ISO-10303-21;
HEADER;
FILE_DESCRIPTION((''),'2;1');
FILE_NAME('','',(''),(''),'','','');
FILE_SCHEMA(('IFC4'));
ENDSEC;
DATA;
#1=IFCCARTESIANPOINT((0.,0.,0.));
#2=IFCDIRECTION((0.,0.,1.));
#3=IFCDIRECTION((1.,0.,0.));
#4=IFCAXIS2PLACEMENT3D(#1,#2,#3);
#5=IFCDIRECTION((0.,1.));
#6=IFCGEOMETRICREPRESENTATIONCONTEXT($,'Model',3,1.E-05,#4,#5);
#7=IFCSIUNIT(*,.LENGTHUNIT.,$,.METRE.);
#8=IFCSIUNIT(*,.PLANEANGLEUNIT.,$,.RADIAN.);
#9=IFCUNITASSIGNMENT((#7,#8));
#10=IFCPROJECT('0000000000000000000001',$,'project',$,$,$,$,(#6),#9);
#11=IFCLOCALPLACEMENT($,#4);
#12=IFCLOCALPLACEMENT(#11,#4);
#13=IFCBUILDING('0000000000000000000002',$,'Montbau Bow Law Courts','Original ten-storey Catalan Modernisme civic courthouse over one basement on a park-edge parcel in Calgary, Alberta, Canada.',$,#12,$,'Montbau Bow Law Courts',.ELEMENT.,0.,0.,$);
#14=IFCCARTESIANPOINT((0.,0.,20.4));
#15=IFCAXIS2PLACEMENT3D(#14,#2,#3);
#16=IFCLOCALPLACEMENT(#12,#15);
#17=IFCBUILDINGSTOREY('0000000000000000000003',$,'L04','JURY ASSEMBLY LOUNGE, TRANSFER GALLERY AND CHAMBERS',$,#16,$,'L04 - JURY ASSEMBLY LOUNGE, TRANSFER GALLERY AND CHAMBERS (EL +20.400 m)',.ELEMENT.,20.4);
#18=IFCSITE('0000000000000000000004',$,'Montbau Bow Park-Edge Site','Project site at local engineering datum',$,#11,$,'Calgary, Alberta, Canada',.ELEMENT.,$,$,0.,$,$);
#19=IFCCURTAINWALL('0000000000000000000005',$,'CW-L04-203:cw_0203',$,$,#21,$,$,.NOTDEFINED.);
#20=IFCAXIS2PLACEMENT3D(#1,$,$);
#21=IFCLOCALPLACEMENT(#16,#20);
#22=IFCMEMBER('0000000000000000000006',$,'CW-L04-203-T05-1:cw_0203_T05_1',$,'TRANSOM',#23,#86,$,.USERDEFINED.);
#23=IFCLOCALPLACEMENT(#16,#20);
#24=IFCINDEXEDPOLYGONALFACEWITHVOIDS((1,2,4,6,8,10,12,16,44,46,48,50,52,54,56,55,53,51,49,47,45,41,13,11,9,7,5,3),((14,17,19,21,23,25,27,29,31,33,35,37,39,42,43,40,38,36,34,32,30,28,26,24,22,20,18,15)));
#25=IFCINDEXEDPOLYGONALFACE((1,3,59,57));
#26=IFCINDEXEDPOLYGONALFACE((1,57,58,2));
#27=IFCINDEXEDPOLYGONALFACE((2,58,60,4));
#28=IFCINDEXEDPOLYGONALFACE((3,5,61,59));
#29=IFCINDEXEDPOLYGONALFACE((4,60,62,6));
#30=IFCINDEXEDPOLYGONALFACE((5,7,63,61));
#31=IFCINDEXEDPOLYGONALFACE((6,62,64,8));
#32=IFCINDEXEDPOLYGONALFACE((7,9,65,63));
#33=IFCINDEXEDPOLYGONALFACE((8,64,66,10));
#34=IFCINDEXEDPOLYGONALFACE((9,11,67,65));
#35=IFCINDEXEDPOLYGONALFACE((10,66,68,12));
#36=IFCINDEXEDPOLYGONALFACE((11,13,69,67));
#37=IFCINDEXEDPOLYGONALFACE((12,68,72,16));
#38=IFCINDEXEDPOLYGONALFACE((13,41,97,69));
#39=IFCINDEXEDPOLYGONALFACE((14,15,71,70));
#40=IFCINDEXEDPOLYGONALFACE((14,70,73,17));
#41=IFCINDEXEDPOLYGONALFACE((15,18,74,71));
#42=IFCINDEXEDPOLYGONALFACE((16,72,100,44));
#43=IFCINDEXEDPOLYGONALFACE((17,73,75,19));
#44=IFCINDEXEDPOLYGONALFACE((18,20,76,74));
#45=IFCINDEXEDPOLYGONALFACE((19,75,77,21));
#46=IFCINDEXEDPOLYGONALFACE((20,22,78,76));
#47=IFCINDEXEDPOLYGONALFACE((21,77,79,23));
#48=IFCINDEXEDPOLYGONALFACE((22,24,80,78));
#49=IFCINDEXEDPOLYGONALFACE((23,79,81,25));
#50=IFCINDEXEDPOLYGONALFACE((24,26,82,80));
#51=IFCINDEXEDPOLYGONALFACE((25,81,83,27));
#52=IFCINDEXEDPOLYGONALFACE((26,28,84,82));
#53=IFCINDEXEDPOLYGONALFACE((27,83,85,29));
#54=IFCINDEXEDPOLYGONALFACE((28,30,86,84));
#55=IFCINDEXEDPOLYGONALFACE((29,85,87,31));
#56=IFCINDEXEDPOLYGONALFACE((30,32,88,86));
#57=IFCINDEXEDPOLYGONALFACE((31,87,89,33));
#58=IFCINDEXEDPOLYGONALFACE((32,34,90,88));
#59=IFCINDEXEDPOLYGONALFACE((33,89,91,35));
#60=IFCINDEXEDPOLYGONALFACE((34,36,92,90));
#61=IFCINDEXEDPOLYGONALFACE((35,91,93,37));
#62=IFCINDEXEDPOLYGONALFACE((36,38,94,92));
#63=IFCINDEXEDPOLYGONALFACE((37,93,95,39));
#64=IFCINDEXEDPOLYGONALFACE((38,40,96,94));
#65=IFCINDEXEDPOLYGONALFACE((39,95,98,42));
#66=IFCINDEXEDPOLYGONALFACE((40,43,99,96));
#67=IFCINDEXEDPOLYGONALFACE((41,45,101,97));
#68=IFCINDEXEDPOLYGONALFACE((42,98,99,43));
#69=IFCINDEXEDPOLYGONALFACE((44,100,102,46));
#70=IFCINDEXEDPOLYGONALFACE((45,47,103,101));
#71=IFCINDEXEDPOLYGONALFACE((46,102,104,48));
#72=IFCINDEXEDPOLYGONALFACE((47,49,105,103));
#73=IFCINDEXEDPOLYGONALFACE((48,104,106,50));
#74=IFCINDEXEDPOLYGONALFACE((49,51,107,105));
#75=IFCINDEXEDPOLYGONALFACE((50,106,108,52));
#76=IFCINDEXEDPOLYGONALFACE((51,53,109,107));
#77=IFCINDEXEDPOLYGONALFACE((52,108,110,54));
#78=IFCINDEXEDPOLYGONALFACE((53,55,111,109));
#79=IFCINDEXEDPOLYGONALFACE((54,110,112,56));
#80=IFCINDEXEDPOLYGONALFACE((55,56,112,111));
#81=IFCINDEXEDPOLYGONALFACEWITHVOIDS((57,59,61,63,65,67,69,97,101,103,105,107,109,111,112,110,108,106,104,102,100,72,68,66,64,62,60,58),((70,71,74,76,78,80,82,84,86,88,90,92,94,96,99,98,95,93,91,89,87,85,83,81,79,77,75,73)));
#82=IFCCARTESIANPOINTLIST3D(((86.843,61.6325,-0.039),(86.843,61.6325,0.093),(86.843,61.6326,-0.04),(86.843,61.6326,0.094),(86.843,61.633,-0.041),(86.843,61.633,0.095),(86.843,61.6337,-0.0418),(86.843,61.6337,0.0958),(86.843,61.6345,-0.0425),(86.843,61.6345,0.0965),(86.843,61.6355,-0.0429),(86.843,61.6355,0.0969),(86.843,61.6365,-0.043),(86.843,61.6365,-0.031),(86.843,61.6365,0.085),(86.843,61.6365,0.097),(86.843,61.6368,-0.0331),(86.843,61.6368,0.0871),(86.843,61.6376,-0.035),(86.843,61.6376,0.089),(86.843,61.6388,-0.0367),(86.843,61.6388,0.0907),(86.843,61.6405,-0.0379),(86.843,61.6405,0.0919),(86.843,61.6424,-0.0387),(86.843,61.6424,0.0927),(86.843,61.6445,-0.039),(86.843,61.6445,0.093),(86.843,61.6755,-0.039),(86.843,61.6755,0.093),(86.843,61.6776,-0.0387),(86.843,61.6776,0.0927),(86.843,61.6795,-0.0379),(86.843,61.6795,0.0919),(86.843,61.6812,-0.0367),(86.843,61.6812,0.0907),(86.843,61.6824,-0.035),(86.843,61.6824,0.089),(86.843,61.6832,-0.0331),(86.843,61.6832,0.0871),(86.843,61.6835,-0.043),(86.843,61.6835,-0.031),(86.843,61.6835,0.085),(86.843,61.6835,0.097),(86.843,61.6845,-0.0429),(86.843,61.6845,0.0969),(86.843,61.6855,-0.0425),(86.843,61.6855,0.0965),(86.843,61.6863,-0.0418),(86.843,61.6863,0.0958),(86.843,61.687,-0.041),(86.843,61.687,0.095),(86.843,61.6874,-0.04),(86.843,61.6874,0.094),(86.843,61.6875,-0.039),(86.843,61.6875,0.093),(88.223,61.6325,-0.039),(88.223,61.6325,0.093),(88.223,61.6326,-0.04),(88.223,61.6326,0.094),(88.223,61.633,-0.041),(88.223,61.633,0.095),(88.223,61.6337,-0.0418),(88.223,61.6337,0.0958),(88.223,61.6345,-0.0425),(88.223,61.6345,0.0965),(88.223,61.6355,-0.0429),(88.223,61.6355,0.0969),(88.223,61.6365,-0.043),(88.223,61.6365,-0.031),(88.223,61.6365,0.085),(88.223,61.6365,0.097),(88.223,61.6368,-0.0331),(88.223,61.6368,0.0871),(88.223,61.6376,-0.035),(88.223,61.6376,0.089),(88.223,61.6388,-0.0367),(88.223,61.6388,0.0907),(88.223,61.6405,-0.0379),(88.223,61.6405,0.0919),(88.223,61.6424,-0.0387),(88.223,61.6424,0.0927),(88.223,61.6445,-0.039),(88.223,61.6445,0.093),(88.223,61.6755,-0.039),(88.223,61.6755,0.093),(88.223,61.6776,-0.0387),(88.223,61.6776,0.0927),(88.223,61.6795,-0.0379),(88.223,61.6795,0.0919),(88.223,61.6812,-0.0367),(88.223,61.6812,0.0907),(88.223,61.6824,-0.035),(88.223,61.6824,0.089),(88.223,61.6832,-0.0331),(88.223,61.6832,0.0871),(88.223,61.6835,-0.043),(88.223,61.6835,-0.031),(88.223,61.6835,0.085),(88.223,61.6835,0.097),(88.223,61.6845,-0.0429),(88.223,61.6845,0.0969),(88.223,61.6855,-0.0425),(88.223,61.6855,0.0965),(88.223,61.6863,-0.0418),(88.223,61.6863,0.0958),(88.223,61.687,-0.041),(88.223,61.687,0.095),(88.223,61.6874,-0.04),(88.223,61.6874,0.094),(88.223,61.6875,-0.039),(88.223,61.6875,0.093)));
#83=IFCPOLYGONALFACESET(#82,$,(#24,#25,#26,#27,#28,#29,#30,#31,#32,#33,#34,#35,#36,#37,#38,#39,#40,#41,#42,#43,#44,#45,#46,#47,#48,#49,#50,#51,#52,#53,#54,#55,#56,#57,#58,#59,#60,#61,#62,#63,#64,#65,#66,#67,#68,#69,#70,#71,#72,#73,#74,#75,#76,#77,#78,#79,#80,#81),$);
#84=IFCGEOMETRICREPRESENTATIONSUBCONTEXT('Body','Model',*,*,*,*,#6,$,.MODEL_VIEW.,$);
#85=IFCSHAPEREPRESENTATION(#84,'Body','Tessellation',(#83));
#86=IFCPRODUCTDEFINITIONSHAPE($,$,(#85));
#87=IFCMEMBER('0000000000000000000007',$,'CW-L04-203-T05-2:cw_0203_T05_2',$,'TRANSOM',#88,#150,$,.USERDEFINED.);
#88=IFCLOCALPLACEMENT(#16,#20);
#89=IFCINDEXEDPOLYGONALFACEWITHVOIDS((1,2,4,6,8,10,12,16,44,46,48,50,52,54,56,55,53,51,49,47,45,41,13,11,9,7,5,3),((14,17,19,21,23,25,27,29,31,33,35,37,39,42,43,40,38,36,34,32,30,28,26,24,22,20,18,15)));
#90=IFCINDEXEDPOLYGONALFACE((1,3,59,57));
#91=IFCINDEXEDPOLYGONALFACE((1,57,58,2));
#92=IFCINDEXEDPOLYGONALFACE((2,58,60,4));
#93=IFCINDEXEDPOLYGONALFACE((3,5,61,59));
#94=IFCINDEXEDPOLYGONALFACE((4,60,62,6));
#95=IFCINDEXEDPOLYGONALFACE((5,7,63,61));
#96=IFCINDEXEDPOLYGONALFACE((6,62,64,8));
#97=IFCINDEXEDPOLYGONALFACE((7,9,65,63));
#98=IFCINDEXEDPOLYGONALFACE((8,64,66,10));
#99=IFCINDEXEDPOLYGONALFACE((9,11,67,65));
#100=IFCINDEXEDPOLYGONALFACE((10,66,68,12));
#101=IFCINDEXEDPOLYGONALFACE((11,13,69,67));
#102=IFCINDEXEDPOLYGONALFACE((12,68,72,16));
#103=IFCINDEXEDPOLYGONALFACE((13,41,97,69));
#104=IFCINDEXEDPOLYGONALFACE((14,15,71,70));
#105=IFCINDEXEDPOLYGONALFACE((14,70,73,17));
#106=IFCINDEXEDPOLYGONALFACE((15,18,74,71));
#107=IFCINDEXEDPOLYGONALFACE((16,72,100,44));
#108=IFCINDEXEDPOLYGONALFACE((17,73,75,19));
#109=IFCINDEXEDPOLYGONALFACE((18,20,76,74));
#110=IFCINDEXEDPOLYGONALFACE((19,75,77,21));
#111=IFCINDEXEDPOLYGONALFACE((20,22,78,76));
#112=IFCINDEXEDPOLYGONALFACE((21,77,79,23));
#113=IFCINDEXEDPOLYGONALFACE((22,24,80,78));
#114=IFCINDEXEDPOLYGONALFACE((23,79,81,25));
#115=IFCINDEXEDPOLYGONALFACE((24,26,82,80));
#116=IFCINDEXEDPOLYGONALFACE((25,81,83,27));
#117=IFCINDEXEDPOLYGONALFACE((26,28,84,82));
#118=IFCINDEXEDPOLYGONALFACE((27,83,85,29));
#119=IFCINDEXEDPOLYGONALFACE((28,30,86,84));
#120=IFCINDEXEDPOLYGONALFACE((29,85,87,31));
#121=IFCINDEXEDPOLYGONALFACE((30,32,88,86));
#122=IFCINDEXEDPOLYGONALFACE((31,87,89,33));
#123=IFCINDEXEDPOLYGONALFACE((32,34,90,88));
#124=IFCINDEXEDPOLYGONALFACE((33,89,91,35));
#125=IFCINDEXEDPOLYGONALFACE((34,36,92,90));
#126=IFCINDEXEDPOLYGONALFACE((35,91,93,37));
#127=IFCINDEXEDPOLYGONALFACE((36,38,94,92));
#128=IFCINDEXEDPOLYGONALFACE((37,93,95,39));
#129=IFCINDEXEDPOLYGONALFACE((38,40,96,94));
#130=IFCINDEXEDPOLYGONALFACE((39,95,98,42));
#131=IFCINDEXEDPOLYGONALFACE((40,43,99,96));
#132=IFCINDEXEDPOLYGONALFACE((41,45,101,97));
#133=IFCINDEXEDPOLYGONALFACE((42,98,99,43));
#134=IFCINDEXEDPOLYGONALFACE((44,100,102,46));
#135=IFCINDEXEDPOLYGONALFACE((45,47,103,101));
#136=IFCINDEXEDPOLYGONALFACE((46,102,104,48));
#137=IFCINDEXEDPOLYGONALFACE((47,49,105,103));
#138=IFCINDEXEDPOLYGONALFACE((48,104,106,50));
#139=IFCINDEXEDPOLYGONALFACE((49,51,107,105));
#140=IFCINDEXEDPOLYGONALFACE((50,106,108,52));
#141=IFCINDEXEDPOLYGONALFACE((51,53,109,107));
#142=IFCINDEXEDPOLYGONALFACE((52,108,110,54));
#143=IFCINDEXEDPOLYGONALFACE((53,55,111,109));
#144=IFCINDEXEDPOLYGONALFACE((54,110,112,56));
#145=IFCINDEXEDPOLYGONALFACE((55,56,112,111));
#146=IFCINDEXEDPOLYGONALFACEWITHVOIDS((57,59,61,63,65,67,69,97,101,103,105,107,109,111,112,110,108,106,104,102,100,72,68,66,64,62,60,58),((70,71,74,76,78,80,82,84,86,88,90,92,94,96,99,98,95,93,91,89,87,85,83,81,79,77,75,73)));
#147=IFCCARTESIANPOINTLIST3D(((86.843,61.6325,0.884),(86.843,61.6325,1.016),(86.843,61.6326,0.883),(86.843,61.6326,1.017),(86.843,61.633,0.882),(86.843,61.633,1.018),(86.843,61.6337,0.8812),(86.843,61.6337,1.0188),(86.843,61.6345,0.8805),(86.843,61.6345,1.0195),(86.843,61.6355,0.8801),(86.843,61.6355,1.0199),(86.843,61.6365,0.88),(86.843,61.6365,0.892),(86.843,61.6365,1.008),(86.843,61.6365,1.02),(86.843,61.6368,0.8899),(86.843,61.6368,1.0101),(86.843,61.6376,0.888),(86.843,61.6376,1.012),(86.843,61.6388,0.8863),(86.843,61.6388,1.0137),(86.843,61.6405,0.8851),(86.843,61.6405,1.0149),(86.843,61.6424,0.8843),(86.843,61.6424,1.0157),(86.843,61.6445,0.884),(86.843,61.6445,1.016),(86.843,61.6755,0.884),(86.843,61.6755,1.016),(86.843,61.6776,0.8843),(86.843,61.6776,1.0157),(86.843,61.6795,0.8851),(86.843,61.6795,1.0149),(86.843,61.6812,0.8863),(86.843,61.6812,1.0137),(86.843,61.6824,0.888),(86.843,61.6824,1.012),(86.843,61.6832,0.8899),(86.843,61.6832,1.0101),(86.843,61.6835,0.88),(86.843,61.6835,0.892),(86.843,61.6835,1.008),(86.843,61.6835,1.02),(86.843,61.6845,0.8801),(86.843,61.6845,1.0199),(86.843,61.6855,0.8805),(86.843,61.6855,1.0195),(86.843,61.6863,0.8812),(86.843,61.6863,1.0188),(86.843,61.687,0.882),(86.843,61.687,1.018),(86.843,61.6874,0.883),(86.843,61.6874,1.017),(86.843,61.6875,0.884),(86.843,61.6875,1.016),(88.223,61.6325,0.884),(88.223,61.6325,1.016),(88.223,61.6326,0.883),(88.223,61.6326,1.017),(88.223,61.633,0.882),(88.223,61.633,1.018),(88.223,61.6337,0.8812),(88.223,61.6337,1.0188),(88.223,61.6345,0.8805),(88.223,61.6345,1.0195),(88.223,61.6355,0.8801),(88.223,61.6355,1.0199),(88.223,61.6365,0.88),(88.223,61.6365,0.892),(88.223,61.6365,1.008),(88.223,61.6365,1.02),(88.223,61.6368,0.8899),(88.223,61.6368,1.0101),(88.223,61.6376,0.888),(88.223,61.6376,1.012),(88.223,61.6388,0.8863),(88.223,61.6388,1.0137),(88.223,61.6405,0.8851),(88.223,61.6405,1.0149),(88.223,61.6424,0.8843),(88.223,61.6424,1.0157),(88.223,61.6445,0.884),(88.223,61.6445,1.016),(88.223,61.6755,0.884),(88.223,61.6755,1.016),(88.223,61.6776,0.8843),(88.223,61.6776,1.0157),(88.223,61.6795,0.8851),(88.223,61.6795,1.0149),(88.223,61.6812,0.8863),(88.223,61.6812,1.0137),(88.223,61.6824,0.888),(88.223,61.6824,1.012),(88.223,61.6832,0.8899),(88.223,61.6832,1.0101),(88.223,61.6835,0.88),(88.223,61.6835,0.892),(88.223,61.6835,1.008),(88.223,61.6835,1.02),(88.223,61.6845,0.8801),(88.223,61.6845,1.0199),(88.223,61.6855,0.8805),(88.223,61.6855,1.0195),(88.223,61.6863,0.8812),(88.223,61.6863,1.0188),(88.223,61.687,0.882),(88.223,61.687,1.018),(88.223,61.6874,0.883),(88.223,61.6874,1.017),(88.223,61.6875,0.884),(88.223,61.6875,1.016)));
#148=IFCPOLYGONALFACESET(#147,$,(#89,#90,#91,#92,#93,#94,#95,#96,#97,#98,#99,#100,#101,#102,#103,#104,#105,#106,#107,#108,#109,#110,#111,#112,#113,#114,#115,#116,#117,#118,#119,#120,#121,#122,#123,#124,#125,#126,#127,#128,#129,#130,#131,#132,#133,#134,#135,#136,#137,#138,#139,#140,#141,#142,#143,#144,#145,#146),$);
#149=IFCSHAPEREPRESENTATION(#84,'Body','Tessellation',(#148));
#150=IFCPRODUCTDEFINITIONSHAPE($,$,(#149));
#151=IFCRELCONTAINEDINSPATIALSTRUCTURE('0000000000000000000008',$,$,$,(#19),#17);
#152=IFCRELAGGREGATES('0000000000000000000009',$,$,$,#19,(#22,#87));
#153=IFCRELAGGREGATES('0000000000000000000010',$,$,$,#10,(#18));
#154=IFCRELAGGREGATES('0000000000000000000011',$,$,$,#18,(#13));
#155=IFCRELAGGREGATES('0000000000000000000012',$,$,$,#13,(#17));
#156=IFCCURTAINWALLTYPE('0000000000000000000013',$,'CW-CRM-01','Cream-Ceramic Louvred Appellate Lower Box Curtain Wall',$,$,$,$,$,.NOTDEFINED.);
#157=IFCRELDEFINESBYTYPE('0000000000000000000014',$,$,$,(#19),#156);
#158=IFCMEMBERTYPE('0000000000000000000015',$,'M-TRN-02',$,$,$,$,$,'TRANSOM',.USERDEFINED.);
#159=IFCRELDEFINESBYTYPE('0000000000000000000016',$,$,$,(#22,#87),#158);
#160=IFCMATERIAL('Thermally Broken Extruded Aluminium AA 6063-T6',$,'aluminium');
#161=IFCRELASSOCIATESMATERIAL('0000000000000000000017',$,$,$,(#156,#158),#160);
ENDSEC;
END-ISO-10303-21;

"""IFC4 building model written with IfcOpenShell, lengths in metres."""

from ifc_helpers import new_model, si_unit, direction, frame, origin_with_axes, origin_2d_with_axis, place, context, subcontext, project, spatial, hollow_rectangle, extrude, material, material_profile, profile_set, type_object, element, aggregate, save


model = new_model("IFC4")

# Units and contexts
model_context = context("Model", 3, precision=1e-05, world=origin_with_axes(), true_north=direction((0.0, 1.0)))
body_context = subcontext(model_context, "Body", "Model", "MODEL_VIEW")
ifc_project = project(units=[si_unit("LENGTHUNIT", "METRE"), si_unit("PLANEANGLEUNIT", "RADIAN")], contexts=[model_context])

# Site, building, storey
site_placement = place(None, origin_with_axes())
site = spatial("IfcSite", under=ifc_project, at=site_placement, Name="Montbau Bow Park-Edge Site", Description="Project site at local engineering datum", LongName="Calgary, Alberta, Canada", CompositionType="ELEMENT", RefElevation=0.0)
building_placement = place(site_placement, origin_with_axes())
building = spatial("IfcBuilding", under=site, at=building_placement, Name="Montbau Bow Law Courts", Description="Original ten-storey Catalan Modernisme civic courthouse over one basement on a park-edge parcel in Calgary, Alberta, Canada.", LongName="Montbau Bow Law Courts", CompositionType="ELEMENT", ElevationOfRefHeight=0.0, ElevationOfTerrain=0.0)
storey_placement = place(building_placement, frame((0.0, 0.0, 20.4), z_axis=(0.0, 0.0, 1.0), x_axis=(1.0, 0.0, 0.0)))
storey = spatial("IfcBuildingStorey", under=building, at=storey_placement, Name="L04", Description="JURY ASSEMBLY LOUNGE, TRANSFER GALLERY AND CHAMBERS", LongName="L04 - JURY ASSEMBLY LOUNGE, TRANSFER GALLERY AND CHAMBERS (EL +20.400 m)", CompositionType="ELEMENT", Elevation=20.4)

# Shared definitions
ifc_material_1 = material(Name="Thermally Broken Extruded Aluminium AA 6063-T6", Category="aluminium")
curtain_wall_type = type_object("IfcCurtainWallType", Name="CW-CRM-01", Description="Cream-Ceramic Louvred Appellate Lower Box Curtain Wall", PredefinedType="NOTDEFINED", material=ifc_material_1)

# Curtain wall, members
curtain_wall_1_placement = place(None, frame((80.915, 61.66, 20.4), z_axis=(0.0, 0.0, 1.0), x_axis=(1.0, 0.0, 0.0)))
curtain_wall_1 = element("IfcCurtainWall", 1, at=curtain_wall_1_placement, inside=storey, type_object=curtain_wall_type, Name="CW-L04-203:cw_0203", PredefinedType="NOTDEFINED")
ifc_material_profile_1 = material_profile(ifc_material_1, hollow_rectangle(XDim=0.055, YDim=0.14, WallThickness=0.004, InnerFilletRadius=0.008, OuterFilletRadius=0.004, at=origin_2d_with_axis()), Name="CWT-140X55", Category="Main", Priority=0)
ifc_profile_set_1 = profile_set([ifc_material_profile_1], Name="Thermally Broken Extruded Aluminium AA 6063-T6")
member_type_1 = type_object("IfcMemberType", Name="M-TRN-02", ElementType="TRANSOM", PredefinedType="USERDEFINED", material=ifc_profile_set_1)
member_1_placement = place(None, frame((86.843, 61.66, 20.427), z_axis=(1.0, 0.0, 0.0), x_axis=(0.0, 1.0, 0.0)))
member_1 = element("IfcMember", 2, at=member_1_placement, type_object=member_type_1, Name="CW-L04-203-T05-1:cw_0203_T05_1", ObjectType="TRANSOM", PredefinedType="USERDEFINED", context=body_context, shape_type="SweptSolid", body=[
    extrude(hollow_rectangle(XDim=0.055, YDim=0.14, WallThickness=0.004, InnerFilletRadius=0.008, OuterFilletRadius=0.004, at=origin_2d_with_axis()), origin_with_axes(), (0.0, 0.0, 1.0), 1.38),
])
member_2_placement = place(None, frame((86.843, 61.66, 21.35), z_axis=(1.0, 0.0, 0.0), x_axis=(0.0, 1.0, 0.0)))
member_2 = element("IfcMember", 3, at=member_2_placement, type_object=member_type_1, Name="CW-L04-203-T05-2:cw_0203_T05_2", ObjectType="TRANSOM", PredefinedType="USERDEFINED", context=body_context, shape_type="SweptSolid", body=[
    extrude(hollow_rectangle(XDim=0.055, YDim=0.14, WallThickness=0.004, InnerFilletRadius=0.008, OuterFilletRadius=0.004, at=origin_2d_with_axis()), origin_with_axes(), (0.0, 0.0, 1.0), 1.38),
])

aggregate(curtain_wall_1, [member_1, member_2])

save(model, "model.ifc")
